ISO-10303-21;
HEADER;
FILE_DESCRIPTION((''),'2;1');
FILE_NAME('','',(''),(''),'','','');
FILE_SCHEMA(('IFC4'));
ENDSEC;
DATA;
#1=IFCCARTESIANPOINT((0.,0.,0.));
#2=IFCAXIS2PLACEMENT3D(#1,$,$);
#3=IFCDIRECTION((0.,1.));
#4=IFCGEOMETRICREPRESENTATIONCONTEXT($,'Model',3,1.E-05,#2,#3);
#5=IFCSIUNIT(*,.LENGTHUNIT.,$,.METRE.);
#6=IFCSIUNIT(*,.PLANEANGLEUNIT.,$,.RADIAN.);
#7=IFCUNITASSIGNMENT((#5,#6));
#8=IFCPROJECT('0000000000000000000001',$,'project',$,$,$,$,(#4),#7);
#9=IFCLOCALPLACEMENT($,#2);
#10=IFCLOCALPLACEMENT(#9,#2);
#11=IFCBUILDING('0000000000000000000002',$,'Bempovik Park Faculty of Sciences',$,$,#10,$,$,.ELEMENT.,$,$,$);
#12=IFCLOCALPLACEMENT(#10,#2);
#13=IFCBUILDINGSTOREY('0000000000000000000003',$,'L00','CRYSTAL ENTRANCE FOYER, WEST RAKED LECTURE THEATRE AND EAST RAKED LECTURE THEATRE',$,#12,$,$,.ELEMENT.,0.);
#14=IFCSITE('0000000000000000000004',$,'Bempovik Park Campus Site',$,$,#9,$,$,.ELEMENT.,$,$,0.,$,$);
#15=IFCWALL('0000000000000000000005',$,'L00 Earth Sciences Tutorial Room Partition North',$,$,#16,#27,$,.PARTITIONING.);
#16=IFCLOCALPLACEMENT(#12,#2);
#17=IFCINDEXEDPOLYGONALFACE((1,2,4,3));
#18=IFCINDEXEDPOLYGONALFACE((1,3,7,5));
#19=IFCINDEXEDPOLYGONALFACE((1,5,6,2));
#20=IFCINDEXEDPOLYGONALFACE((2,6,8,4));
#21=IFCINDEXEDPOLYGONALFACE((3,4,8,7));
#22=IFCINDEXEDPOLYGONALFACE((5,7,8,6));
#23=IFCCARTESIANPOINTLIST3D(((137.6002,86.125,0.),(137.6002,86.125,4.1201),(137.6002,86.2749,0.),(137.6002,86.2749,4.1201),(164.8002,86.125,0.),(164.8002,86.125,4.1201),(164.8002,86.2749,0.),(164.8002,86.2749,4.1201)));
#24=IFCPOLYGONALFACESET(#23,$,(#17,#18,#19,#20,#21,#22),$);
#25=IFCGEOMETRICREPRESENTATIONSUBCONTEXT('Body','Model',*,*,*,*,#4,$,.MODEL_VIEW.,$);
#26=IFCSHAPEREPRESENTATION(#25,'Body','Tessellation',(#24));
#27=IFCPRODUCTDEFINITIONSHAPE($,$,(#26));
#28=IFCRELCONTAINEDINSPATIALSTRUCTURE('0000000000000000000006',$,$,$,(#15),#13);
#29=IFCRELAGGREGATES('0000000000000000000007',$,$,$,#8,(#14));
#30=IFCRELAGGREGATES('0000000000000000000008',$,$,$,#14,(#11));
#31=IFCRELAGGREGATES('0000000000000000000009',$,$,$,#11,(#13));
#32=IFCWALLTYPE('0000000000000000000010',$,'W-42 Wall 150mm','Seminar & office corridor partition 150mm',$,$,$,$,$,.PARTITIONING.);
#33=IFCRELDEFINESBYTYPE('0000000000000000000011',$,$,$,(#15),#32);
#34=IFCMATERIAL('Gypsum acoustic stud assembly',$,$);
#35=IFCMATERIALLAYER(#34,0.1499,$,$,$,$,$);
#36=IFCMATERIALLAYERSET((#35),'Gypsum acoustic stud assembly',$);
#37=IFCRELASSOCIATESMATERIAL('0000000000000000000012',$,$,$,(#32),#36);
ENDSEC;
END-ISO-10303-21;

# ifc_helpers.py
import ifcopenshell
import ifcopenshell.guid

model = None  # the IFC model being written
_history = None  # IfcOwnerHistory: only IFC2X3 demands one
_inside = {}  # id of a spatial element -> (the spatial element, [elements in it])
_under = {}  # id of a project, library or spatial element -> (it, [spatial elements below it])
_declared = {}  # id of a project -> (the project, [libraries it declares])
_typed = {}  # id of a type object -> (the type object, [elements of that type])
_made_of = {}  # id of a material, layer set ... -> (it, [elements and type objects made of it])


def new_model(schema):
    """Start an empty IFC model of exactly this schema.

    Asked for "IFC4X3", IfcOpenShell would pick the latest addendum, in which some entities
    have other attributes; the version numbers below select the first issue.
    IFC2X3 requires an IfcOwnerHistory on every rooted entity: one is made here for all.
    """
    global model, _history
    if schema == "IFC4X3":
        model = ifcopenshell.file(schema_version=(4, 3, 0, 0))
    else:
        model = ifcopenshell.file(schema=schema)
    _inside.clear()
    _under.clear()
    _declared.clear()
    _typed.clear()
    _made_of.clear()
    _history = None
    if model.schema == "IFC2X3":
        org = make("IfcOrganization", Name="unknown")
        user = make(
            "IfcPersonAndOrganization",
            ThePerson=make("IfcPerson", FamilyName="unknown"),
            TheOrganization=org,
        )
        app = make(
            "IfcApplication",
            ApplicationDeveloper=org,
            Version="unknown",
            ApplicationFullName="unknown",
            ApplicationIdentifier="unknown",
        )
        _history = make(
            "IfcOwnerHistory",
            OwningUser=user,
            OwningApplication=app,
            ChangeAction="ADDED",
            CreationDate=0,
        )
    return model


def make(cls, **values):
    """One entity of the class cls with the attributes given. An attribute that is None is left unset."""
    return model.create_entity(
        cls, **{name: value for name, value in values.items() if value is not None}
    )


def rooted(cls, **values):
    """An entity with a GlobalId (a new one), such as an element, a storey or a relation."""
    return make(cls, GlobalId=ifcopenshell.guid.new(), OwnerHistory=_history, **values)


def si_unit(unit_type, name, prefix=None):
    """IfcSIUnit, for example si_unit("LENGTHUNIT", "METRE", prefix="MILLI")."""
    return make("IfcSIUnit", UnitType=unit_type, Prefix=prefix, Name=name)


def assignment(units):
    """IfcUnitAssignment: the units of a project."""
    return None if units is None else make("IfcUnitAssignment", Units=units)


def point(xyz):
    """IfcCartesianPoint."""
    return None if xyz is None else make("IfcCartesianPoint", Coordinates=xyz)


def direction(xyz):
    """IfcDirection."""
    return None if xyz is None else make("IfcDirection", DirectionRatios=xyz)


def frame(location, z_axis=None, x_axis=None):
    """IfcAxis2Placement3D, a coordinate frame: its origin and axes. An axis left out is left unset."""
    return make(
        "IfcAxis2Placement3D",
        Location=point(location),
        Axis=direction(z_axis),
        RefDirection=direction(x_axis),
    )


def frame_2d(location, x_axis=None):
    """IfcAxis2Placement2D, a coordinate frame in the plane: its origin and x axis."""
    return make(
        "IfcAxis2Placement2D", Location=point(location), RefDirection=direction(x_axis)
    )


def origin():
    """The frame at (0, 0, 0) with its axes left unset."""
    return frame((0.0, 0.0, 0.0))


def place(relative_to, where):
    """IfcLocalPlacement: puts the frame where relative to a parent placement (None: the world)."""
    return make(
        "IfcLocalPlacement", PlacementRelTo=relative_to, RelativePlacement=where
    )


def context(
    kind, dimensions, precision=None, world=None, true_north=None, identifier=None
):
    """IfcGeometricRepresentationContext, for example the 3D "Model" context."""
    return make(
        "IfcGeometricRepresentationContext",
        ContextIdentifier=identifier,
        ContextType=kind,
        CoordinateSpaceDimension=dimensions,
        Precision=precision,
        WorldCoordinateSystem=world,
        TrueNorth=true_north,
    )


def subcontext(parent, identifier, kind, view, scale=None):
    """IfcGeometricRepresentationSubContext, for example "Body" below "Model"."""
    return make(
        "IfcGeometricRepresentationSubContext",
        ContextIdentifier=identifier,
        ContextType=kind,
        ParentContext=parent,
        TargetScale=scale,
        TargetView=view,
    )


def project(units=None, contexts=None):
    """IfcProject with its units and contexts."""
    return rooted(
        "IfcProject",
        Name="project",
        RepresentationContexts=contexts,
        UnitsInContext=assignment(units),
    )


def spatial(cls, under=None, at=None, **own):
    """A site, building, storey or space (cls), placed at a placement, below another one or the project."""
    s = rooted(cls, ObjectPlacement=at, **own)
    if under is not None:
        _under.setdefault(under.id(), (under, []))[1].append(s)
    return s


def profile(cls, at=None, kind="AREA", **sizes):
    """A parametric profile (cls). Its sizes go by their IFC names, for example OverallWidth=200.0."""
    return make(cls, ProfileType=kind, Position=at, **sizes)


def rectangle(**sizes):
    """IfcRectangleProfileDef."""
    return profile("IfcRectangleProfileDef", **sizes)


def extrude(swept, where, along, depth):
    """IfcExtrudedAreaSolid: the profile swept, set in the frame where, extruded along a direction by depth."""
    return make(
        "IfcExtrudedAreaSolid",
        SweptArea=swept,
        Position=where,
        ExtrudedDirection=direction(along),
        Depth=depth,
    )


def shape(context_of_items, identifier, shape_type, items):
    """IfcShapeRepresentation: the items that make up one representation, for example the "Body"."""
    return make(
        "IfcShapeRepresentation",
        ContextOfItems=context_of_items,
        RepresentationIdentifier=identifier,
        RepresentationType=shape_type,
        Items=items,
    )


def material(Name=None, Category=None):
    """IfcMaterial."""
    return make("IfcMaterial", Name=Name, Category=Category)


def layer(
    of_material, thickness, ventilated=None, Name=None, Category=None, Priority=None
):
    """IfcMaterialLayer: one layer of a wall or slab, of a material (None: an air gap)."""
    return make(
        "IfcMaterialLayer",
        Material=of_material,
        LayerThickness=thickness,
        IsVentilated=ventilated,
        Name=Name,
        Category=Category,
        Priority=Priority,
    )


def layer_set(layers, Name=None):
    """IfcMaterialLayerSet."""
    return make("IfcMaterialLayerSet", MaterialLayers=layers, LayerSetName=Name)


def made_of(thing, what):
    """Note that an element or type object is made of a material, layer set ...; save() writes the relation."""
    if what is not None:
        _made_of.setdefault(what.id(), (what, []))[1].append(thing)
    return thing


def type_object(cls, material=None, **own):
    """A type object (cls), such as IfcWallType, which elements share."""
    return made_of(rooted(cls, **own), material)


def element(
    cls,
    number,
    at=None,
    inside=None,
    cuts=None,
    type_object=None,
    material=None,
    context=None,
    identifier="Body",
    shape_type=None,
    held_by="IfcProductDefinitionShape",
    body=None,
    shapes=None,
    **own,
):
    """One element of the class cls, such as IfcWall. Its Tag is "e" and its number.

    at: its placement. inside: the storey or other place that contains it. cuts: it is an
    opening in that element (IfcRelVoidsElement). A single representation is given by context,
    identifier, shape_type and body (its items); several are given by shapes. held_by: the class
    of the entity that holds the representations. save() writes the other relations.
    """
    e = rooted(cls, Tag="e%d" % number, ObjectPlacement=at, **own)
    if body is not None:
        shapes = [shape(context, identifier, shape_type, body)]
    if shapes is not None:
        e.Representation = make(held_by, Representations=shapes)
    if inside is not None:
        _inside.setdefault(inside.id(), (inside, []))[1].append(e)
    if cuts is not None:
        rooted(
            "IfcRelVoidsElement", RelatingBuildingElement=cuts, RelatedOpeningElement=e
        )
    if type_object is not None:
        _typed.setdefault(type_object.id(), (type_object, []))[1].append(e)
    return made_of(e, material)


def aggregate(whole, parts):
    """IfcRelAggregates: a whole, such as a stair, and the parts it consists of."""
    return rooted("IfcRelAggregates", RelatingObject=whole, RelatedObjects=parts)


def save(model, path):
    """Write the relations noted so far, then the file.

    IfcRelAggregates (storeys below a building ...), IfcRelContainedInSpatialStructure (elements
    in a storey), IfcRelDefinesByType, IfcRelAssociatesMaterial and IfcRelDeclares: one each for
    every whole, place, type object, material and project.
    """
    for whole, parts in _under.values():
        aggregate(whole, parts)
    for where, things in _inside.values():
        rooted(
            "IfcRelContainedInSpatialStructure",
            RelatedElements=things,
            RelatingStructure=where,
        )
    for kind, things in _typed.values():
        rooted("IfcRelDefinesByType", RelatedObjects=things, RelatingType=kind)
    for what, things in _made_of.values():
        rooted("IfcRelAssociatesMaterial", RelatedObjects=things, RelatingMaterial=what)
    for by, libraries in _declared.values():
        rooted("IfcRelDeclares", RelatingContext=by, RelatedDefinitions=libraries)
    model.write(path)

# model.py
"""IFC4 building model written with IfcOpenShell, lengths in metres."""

from ifc_helpers import new_model, si_unit, direction, frame, frame_2d, origin, place, context, subcontext, project, spatial, rectangle, extrude, material, layer, layer_set, type_object, element, save


model = new_model("IFC4")

# Units and contexts
model_context = context("Model", 3, precision=1e-05, world=origin(), true_north=direction((0.0, 1.0)))
body_context = subcontext(model_context, "Body", "Model", "MODEL_VIEW")
ifc_project = project(units=[si_unit("LENGTHUNIT", "METRE"), si_unit("PLANEANGLEUNIT", "RADIAN")], contexts=[model_context])

# Site, building, storey
site_placement = place(None, origin())
site = spatial("IfcSite", under=ifc_project, at=site_placement, Name="Bempovik Park Campus Site", CompositionType="ELEMENT", RefElevation=0.0)
building_placement = place(site_placement, origin())
building = spatial("IfcBuilding", under=site, at=building_placement, Name="Bempovik Park Faculty of Sciences", CompositionType="ELEMENT")
storey_placement = place(building_placement, origin())
storey = spatial("IfcBuildingStorey", under=building, at=storey_placement, Name="L00", Description="CRYSTAL ENTRANCE FOYER, WEST RAKED LECTURE THEATRE AND EAST RAKED LECTURE THEATRE", CompositionType="ELEMENT", Elevation=0.0)

# Wall
ifc_material_1 = material(Name="Gypsum acoustic stud assembly")
ifc_layer_1 = layer(ifc_material_1, 0.1499)
ifc_layer_set_1 = layer_set([ifc_layer_1], Name="Gypsum acoustic stud assembly")
wall_type_1 = type_object("IfcWallType", Name="W-42 Wall 150mm", Description="Seminar & office corridor partition 150mm", PredefinedType="PARTITIONING", material=ifc_layer_set_1)
wall_1_placement = place(storey_placement, frame((137.6001, 86.2, 0.0), z_axis=(0.0, 0.0, 1.0), x_axis=(1.0, 0.0, 0.0)))
element("IfcWall", 1, at=wall_1_placement, inside=storey, type_object=wall_type_1, Name="L00 Earth Sciences Tutorial Room Partition North", PredefinedType="PARTITIONING", context=body_context, shape_type="SweptSolid", body=[
    extrude(rectangle(XDim=27.2, YDim=0.1499, at=frame_2d((13.6001, 0.0))), origin(), (0.0, 0.0, 1.0), 4.1201),
])

save(model, "model.ifc")
